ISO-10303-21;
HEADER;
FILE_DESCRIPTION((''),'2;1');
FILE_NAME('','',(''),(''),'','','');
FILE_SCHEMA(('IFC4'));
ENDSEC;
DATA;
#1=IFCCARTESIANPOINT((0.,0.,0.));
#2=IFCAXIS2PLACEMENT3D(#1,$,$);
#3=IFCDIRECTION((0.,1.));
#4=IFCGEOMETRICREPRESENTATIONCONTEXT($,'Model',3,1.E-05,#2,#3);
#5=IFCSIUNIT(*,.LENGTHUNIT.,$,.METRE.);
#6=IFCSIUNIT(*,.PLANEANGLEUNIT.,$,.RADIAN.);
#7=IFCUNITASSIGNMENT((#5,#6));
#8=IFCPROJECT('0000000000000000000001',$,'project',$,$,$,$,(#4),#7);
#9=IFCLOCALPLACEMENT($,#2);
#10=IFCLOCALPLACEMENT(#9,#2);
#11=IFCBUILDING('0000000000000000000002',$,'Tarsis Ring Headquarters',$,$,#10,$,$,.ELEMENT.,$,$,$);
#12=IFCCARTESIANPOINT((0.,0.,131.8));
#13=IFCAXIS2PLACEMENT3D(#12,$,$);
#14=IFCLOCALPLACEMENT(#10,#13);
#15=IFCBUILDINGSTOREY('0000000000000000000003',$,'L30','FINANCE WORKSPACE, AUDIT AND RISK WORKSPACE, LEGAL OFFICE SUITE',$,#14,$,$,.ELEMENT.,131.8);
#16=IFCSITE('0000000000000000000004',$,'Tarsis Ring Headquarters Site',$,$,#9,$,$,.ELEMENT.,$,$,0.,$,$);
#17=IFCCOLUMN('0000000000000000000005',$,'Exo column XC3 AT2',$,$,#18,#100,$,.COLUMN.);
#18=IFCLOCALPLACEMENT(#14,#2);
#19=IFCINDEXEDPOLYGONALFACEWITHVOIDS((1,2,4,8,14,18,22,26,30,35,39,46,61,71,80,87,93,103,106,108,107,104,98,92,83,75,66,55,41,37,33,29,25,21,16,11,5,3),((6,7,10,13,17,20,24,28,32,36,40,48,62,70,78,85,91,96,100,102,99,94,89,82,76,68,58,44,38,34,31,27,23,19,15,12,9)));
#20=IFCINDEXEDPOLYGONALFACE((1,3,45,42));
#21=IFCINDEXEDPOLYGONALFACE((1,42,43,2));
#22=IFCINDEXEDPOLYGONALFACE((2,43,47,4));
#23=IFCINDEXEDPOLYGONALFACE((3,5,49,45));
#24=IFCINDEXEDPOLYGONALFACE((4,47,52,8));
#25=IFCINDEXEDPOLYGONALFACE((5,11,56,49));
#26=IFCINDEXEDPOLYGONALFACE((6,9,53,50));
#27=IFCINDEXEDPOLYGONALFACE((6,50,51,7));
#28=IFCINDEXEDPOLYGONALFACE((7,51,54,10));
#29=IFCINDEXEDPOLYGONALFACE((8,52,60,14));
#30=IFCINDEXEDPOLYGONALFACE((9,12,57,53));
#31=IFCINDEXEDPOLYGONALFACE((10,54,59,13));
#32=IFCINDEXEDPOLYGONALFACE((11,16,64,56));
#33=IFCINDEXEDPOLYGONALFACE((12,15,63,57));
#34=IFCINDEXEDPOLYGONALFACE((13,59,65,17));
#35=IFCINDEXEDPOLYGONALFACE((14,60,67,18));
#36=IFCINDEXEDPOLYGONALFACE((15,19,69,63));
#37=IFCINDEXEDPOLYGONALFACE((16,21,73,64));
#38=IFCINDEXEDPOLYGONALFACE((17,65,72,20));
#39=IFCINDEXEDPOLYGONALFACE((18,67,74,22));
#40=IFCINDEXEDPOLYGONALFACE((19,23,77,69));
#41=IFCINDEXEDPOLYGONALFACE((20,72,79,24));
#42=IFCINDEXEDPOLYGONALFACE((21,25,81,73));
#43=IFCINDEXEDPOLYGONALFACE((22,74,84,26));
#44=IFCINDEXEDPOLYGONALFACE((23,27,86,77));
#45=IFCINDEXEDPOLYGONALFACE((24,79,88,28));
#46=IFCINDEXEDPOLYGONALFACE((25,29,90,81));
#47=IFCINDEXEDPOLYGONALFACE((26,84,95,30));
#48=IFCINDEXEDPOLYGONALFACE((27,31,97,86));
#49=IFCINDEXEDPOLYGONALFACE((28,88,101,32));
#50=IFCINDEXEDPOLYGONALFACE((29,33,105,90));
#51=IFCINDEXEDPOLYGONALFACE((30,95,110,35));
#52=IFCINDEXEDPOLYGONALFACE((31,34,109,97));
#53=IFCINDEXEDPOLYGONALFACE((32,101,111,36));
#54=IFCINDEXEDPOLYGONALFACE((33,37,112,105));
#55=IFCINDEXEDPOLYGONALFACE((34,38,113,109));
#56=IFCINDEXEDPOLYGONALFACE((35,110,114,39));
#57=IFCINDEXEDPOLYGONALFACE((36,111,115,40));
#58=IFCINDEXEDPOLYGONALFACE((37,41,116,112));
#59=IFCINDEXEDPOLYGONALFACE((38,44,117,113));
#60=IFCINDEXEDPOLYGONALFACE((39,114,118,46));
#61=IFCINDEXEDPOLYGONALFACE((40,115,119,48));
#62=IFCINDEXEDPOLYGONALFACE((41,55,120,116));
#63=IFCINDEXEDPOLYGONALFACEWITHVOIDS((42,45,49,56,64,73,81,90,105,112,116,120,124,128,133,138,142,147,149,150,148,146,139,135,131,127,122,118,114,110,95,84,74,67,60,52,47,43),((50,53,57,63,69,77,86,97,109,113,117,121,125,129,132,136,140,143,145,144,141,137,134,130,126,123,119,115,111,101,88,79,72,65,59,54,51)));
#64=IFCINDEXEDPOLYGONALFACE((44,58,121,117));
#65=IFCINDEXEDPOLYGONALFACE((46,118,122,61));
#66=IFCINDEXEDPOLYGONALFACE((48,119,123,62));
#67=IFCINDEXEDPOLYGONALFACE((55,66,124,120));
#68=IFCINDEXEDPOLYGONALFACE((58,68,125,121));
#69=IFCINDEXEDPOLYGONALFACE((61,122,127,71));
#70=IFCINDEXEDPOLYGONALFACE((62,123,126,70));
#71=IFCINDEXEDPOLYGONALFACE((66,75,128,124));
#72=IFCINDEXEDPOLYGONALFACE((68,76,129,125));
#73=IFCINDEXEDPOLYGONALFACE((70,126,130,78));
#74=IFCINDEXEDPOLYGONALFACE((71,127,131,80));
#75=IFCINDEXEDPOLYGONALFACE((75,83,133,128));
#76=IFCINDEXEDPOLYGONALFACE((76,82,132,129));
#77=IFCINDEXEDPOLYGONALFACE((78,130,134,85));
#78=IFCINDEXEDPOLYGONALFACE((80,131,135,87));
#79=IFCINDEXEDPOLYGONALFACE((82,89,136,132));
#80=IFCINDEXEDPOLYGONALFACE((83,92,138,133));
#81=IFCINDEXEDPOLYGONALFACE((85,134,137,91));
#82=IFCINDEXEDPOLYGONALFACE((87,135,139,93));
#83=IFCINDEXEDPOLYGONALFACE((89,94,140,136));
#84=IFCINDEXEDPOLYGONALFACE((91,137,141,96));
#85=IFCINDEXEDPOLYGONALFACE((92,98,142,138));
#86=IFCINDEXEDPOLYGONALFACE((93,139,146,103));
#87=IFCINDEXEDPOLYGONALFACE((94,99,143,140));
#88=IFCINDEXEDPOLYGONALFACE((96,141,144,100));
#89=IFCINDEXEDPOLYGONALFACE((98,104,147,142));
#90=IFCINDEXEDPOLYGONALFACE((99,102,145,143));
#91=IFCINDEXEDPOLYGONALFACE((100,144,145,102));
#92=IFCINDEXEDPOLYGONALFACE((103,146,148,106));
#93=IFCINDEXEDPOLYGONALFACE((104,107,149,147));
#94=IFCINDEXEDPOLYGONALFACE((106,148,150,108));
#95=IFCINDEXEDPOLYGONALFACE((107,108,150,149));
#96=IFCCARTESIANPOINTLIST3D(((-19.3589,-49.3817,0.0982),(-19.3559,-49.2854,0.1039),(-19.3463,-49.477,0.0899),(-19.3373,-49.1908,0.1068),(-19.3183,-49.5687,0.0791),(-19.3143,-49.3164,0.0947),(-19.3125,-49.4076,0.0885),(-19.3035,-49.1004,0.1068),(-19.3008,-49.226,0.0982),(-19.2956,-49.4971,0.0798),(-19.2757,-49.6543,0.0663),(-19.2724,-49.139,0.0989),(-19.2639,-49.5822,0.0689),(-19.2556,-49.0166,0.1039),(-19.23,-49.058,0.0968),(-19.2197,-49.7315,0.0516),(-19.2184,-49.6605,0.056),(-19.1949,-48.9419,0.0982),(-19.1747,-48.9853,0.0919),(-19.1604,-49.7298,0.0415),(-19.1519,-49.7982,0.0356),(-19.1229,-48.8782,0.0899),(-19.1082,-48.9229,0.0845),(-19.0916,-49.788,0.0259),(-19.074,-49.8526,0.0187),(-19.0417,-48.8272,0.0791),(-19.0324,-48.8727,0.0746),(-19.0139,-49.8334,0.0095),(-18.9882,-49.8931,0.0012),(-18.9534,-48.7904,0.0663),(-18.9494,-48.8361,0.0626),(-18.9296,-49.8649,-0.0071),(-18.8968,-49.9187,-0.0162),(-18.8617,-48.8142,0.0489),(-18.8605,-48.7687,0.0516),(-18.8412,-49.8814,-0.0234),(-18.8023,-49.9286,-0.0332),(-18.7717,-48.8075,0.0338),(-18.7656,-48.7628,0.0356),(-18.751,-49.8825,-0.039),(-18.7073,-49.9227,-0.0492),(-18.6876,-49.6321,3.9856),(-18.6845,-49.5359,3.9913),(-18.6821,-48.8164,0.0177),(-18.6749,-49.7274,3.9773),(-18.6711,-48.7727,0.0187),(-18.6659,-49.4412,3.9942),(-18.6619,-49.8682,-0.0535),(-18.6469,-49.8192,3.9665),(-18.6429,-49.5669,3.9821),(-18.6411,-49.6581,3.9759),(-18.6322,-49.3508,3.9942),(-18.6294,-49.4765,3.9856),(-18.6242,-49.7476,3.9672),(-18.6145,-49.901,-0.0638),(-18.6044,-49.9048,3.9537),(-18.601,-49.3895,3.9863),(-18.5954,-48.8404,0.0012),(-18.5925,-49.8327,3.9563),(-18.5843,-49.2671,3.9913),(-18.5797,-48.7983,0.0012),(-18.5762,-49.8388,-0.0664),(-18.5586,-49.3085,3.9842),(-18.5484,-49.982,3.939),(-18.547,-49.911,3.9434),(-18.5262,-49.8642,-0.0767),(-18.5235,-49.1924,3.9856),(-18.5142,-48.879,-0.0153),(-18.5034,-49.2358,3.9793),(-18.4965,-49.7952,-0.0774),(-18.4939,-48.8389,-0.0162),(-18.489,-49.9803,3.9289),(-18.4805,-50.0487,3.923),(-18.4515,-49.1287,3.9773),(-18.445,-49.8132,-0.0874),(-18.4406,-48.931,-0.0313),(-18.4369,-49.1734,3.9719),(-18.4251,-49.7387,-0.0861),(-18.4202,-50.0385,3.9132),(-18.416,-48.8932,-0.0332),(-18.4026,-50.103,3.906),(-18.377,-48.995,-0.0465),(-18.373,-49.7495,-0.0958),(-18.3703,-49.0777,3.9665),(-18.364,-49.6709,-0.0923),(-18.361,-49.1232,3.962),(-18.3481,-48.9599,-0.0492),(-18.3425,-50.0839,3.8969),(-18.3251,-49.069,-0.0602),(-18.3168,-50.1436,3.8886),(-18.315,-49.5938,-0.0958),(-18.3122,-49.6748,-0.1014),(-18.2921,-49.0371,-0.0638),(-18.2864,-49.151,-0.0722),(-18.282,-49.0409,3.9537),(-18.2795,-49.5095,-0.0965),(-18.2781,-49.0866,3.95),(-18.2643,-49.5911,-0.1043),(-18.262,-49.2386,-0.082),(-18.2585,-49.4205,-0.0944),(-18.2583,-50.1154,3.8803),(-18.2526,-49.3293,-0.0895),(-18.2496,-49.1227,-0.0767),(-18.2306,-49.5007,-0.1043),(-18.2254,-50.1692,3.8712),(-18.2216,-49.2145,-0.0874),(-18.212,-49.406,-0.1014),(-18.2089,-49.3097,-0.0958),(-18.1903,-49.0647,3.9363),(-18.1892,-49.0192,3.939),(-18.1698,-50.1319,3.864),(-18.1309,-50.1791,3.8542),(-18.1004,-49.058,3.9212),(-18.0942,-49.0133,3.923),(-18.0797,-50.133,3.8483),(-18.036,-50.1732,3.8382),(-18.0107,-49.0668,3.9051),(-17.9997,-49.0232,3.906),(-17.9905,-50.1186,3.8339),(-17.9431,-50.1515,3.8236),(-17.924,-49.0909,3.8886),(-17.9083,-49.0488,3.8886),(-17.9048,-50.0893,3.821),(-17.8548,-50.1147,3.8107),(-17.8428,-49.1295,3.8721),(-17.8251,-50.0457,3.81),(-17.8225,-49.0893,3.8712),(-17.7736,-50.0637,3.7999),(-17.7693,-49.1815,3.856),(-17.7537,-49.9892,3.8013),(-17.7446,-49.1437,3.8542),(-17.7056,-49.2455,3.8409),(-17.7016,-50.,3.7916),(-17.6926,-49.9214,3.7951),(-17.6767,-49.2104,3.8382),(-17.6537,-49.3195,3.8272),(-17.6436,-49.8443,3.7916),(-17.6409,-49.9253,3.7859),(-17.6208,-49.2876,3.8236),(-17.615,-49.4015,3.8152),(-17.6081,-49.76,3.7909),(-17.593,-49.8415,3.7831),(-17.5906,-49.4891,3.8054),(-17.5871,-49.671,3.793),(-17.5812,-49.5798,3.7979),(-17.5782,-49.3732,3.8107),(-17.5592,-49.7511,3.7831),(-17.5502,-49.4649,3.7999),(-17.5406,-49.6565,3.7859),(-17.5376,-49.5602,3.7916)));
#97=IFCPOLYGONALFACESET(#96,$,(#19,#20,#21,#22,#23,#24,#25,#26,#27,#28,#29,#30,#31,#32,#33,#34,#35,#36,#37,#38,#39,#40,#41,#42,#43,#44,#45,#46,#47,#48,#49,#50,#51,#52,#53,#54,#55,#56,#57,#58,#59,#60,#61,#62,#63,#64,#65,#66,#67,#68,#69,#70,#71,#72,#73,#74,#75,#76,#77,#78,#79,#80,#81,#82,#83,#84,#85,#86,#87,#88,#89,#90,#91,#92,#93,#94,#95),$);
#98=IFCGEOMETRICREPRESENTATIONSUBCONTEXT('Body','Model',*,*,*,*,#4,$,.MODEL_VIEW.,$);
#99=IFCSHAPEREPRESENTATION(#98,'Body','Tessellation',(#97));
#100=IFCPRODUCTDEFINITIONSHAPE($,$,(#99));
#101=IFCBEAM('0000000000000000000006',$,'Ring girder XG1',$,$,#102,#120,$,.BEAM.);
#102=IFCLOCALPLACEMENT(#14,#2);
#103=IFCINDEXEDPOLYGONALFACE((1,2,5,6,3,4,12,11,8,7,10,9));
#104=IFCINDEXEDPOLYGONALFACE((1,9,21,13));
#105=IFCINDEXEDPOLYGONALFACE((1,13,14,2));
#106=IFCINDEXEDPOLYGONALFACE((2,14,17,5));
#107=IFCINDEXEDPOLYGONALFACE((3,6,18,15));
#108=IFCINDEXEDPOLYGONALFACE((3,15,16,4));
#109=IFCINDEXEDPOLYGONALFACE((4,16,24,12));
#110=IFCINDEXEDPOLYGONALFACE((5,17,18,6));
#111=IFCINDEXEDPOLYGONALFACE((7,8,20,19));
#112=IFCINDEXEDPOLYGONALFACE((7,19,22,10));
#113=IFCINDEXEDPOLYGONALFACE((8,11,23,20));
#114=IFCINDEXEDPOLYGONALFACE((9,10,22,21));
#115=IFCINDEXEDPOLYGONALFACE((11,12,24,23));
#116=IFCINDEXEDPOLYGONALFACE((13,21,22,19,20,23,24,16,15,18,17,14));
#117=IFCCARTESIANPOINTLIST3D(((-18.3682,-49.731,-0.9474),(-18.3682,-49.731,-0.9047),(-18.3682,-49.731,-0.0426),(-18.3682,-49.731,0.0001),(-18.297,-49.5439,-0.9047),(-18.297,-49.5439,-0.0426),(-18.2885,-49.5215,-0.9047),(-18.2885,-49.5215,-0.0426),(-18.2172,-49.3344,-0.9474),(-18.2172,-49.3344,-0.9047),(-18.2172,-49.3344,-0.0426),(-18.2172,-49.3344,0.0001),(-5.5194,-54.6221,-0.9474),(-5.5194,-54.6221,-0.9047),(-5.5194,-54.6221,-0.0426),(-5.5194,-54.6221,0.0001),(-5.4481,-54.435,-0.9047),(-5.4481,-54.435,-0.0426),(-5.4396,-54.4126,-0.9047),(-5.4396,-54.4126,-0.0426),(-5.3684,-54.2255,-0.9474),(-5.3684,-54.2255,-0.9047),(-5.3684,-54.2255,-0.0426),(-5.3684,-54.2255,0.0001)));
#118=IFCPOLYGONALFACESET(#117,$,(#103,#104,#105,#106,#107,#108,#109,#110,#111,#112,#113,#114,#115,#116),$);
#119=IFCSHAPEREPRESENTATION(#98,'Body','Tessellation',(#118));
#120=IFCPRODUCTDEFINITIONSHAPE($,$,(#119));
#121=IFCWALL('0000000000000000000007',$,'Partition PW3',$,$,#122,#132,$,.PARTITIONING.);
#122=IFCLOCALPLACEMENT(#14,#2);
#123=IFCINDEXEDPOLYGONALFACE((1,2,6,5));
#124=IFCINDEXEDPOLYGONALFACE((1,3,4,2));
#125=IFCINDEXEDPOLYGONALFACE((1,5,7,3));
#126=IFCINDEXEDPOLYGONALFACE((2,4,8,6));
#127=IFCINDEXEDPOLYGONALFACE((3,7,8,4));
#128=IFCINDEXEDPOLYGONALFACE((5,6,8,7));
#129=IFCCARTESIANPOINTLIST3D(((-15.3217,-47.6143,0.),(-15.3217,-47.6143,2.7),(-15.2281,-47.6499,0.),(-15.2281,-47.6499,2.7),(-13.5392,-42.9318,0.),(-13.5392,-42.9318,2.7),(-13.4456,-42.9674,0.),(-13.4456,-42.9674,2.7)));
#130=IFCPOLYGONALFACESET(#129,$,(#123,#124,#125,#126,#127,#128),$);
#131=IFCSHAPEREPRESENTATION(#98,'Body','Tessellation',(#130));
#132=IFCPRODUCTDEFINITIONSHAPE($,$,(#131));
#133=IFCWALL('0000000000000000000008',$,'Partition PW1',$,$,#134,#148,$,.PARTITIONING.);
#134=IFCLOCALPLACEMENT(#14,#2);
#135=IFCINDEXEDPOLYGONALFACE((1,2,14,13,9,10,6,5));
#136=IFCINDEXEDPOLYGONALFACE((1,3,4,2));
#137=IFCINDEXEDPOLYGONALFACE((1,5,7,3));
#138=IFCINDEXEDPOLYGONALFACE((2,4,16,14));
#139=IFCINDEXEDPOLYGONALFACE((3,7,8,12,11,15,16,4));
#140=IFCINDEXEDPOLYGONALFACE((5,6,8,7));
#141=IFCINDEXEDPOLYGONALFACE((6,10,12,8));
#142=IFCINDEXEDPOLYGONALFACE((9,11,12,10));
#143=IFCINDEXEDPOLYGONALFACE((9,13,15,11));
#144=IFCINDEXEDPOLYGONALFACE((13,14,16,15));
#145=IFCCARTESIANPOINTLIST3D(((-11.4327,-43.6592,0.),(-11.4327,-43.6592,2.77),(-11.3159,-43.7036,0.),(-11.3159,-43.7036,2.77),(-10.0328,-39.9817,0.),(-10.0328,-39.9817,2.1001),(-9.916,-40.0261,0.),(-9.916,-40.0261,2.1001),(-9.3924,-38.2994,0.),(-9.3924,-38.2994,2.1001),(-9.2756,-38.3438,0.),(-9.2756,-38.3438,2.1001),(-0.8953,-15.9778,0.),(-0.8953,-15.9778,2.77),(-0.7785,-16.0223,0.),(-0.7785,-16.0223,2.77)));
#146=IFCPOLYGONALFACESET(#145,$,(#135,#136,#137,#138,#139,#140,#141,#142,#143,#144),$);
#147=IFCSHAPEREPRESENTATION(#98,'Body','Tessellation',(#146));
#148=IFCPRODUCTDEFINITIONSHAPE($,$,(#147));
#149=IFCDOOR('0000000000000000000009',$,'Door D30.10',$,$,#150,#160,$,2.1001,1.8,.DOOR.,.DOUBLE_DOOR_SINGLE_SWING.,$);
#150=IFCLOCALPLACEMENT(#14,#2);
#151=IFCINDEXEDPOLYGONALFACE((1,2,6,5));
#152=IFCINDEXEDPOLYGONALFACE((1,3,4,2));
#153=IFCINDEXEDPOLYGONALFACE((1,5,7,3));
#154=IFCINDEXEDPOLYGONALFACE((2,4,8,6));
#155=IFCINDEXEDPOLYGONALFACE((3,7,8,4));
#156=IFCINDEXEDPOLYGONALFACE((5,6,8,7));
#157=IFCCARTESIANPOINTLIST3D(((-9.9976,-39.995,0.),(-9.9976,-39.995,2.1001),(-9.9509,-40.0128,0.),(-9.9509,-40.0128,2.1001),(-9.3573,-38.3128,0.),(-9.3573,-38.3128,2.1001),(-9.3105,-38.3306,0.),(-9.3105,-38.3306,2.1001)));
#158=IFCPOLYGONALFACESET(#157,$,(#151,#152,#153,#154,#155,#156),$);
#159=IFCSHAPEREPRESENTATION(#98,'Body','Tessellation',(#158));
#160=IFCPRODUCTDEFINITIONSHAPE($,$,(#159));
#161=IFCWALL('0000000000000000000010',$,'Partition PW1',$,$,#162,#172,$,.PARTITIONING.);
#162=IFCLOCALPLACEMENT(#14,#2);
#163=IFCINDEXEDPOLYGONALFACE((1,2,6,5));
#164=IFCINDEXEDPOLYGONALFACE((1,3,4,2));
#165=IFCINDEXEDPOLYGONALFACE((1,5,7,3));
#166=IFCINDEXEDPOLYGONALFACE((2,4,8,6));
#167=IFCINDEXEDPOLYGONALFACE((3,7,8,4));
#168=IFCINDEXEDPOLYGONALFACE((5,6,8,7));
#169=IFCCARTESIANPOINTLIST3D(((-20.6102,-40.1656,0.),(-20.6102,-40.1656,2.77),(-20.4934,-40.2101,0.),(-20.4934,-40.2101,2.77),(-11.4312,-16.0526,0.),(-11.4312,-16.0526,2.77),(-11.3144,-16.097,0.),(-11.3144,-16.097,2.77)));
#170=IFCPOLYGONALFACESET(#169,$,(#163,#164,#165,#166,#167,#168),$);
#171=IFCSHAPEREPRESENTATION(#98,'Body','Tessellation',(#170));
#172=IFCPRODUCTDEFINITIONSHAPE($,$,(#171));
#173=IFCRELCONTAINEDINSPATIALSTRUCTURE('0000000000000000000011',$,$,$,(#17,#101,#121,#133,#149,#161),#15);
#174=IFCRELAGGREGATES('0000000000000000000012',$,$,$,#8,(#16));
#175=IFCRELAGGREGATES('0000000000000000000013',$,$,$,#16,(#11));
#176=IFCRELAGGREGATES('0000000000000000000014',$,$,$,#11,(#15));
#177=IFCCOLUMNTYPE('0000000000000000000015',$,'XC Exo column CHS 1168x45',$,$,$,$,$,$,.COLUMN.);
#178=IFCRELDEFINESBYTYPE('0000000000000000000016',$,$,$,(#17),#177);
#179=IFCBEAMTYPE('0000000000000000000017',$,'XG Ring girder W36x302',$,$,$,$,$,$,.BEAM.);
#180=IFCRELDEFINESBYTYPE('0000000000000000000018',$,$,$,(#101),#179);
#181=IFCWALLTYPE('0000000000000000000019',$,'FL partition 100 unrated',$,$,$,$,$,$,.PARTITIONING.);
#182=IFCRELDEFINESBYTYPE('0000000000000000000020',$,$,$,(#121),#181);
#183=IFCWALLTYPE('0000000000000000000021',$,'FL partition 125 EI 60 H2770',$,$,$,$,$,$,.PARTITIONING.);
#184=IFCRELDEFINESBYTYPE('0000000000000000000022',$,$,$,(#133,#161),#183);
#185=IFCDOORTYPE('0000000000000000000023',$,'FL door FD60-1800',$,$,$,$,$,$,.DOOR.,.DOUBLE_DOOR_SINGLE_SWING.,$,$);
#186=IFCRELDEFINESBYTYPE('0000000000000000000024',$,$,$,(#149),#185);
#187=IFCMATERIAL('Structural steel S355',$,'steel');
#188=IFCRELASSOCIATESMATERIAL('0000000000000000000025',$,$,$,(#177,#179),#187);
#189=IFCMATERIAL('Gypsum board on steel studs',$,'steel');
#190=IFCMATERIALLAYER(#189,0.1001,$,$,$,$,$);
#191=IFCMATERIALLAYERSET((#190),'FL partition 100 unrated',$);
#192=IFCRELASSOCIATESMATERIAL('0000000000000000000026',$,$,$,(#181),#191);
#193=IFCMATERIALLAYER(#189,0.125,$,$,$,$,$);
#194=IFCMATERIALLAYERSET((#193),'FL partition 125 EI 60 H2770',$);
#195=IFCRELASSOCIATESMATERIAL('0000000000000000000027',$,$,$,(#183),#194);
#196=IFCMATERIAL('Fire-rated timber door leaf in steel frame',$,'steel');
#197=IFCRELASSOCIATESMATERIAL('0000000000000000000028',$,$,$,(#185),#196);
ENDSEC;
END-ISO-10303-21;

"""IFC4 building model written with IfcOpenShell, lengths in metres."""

from ifc_helpers import new_model, si_unit, direction, frame, frame_2d, origin, origin_2d, place, context, subcontext, project, spatial, rectangle, hollow_circle, i_section, extrude, material, layer, layer_set, material_profile, profile_set, type_object, element, fill, save


model = new_model("IFC4")

# Units and contexts
model_context = context("Model", 3, precision=1e-05, world=origin(), true_north=direction((0.0, 1.0)))
body_context = subcontext(model_context, "Body", "Model", "MODEL_VIEW")
ifc_project = project(units=[si_unit("LENGTHUNIT", "METRE"), si_unit("PLANEANGLEUNIT", "RADIAN")], contexts=[model_context])

# Site, building, storey
site_placement = place(None, origin())
site = spatial("IfcSite", under=ifc_project, at=site_placement, Name="Tarsis Ring Headquarters Site", CompositionType="ELEMENT", RefElevation=0.0)
building_placement = place(site_placement, origin())
building = spatial("IfcBuilding", under=site, at=building_placement, Name="Tarsis Ring Headquarters", CompositionType="ELEMENT")
storey_placement = place(building_placement, frame((0.0, 0.0, 131.8)))
storey = spatial("IfcBuildingStorey", under=building, at=storey_placement, Name="L30", Description="FINANCE WORKSPACE, AUDIT AND RISK WORKSPACE, LEGAL OFFICE SUITE", CompositionType="ELEMENT", Elevation=131.8)

# Column
ifc_material_1 = material(Name="Structural steel S355", Category="steel")
ifc_material_profile_1 = material_profile(ifc_material_1, hollow_circle(Radius=0.5842, WallThickness=0.0449, at=origin_2d()), Name="CHS 1168x45")
ifc_profile_set_1 = profile_set([ifc_material_profile_1], Name="Structural steel S355")
column_type = type_object("IfcColumnType", Name="XC Exo column CHS 1168x45", PredefinedType="COLUMN", material=ifc_profile_set_1)
column_placement = place(storey_placement, frame((-18.7839, -49.3457, 0.0012), z_axis=(0.169845, -0.063367, 0.983431), x_axis=(0.349555, 0.936916, 0.0)))
element("IfcColumn", 1, at=column_placement, inside=storey, type_object=column_type, Name="Exo column XC3 AT2", PredefinedType="COLUMN", context=body_context, shape_type="SweptSolid", body=[
    extrude(hollow_circle(Radius=0.5842, WallThickness=0.0449, at=origin_2d()), origin(), (0.0, 0.0, 1.0), 3.9529),
])

# Beam
ifc_material_profile_2 = material_profile(ifc_material_1, i_section(OverallWidth=0.4243, OverallDepth=0.9475, WebThickness=0.0239, FlangeThickness=0.0427, at=origin_2d()), Name="W36x302")
ifc_profile_set_2 = profile_set([ifc_material_profile_2], Name="Structural steel S355")
beam_type = type_object("IfcBeamType", Name="XG Ring girder W36x302", PredefinedType="BEAM", material=ifc_profile_set_2)
beam_placement = place(storey_placement, frame((-18.2927, -49.5327, -0.4736), z_axis=(0.934577, -0.35576, 0.0), x_axis=(0.35576, 0.934577, 0.0)))
element("IfcBeam", 2, at=beam_placement, inside=storey, type_object=beam_type, Name="Ring girder XG1", PredefinedType="BEAM", context=body_context, shape_type="SweptSolid", body=[
    extrude(i_section(OverallWidth=0.4243, OverallDepth=0.9475, WebThickness=0.0239, FlangeThickness=0.0427, at=origin_2d()), origin(), (0.0, 0.0, 1.0), 13.7483),
])

# Wall
ifc_material_2 = material(Name="Gypsum board on steel studs", Category="steel")
ifc_layer_1 = layer(ifc_material_2, 0.1001)
ifc_layer_set_1 = layer_set([ifc_layer_1], Name="FL partition 100 unrated")
wall_type_1 = type_object("IfcWallType", Name="FL partition 100 unrated", PredefinedType="PARTITIONING", material=ifc_layer_set_1)
wall_1_placement = place(storey_placement, frame((-15.2749, -47.6321, 0.0), z_axis=(0.0, 0.0, 1.0), x_axis=(0.35577, 0.934573, 0.0)))
element("IfcWall", 3, at=wall_1_placement, inside=storey, type_object=wall_type_1, Name="Partition PW3", PredefinedType="PARTITIONING", context=body_context, shape_type="SweptSolid", body=[
    extrude(rectangle(XDim=5.0103, YDim=0.1001, at=frame_2d((2.5051, 0.0))), origin(), (0.0, 0.0, 1.0), 2.7),
])

# Wall, opening, door
ifc_layer_2 = layer(ifc_material_2, 0.125)
ifc_layer_set_2 = layer_set([ifc_layer_2], Name="FL partition 125 EI 60 H2770")
wall_type_2 = type_object("IfcWallType", Name="FL partition 125 EI 60 H2770", PredefinedType="PARTITIONING", material=ifc_layer_set_2)
wall_2_placement = place(storey_placement, frame((-11.3743, -43.6814, 0.0), z_axis=(0.0, 0.0, 1.0), x_axis=(0.355761, 0.934577, 0.0)))
wall_2 = element("IfcWall", 4, at=wall_2_placement, inside=storey, type_object=wall_type_2, Name="Partition PW1", PredefinedType="PARTITIONING", context=body_context, shape_type="SweptSolid", body=[
    extrude(rectangle(XDim=29.6191, YDim=0.125, at=frame_2d((14.8096, 0.0))), origin(), (0.0, 0.0, 1.0), 2.77),
])
opening_1_placement = place(wall_2_placement, frame((3.9351, 0.0, 0.0)))
opening_1 = element("IfcOpeningElement", 5, at=opening_1_placement, cuts=wall_2, PredefinedType="OPENING", context=body_context, shape_type="SweptSolid", body=[
    extrude(rectangle(XDim=1.8, YDim=2.1001, at=frame_2d((0.8999, 1.05))), frame((0.0, 0.0725, 0.0), z_axis=(0.0, -1.0, 0.0), x_axis=(1.0, 0.0, 0.0)), (0.0, 0.0, 1.0), 0.145),
])
ifc_material_3 = material(Name="Fire-rated timber door leaf in steel frame", Category="steel")
door_type_1 = type_object("IfcDoorType", Name="FL door FD60-1800", OperationType="DOUBLE_DOOR_SINGLE_SWING", PredefinedType="DOOR", material=ifc_material_3)
door_1_placement = place(opening_1_placement, origin())
door_1 = element("IfcDoor", 6, at=door_1_placement, inside=storey, type_object=door_type_1, Name="Door D30.10", OperationType="DOUBLE_DOOR_SINGLE_SWING", OverallHeight=2.1001, OverallWidth=1.8, PredefinedType="DOOR", context=body_context, shape_type="SweptSolid", body=[
    extrude(rectangle(XDim=1.8, YDim=2.1001, at=frame_2d((0.8999, 1.05))), frame((0.0, 0.0249, 0.0), z_axis=(0.0, -1.0, 0.0), x_axis=(1.0, 0.0, 0.0)), (0.0, 0.0, 1.0), 0.05),
])
fill(opening_1, door_1)

# Wall
wall_3_placement = place(storey_placement, frame((-20.5518, -40.1877, 0.0), z_axis=(0.0, 0.0, 1.0), x_axis=(0.35576, 0.934577, 0.0)))
element("IfcWall", 7, at=wall_3_placement, inside=storey, type_object=wall_type_2, Name="Partition PW1", PredefinedType="PARTITIONING", context=body_context, shape_type="SweptSolid", body=[
    extrude(rectangle(XDim=25.801, YDim=0.125, at=frame_2d((12.9004, 0.0))), origin(), (0.0, 0.0, 1.0), 2.77),
])

save(model, "model.ifc")
